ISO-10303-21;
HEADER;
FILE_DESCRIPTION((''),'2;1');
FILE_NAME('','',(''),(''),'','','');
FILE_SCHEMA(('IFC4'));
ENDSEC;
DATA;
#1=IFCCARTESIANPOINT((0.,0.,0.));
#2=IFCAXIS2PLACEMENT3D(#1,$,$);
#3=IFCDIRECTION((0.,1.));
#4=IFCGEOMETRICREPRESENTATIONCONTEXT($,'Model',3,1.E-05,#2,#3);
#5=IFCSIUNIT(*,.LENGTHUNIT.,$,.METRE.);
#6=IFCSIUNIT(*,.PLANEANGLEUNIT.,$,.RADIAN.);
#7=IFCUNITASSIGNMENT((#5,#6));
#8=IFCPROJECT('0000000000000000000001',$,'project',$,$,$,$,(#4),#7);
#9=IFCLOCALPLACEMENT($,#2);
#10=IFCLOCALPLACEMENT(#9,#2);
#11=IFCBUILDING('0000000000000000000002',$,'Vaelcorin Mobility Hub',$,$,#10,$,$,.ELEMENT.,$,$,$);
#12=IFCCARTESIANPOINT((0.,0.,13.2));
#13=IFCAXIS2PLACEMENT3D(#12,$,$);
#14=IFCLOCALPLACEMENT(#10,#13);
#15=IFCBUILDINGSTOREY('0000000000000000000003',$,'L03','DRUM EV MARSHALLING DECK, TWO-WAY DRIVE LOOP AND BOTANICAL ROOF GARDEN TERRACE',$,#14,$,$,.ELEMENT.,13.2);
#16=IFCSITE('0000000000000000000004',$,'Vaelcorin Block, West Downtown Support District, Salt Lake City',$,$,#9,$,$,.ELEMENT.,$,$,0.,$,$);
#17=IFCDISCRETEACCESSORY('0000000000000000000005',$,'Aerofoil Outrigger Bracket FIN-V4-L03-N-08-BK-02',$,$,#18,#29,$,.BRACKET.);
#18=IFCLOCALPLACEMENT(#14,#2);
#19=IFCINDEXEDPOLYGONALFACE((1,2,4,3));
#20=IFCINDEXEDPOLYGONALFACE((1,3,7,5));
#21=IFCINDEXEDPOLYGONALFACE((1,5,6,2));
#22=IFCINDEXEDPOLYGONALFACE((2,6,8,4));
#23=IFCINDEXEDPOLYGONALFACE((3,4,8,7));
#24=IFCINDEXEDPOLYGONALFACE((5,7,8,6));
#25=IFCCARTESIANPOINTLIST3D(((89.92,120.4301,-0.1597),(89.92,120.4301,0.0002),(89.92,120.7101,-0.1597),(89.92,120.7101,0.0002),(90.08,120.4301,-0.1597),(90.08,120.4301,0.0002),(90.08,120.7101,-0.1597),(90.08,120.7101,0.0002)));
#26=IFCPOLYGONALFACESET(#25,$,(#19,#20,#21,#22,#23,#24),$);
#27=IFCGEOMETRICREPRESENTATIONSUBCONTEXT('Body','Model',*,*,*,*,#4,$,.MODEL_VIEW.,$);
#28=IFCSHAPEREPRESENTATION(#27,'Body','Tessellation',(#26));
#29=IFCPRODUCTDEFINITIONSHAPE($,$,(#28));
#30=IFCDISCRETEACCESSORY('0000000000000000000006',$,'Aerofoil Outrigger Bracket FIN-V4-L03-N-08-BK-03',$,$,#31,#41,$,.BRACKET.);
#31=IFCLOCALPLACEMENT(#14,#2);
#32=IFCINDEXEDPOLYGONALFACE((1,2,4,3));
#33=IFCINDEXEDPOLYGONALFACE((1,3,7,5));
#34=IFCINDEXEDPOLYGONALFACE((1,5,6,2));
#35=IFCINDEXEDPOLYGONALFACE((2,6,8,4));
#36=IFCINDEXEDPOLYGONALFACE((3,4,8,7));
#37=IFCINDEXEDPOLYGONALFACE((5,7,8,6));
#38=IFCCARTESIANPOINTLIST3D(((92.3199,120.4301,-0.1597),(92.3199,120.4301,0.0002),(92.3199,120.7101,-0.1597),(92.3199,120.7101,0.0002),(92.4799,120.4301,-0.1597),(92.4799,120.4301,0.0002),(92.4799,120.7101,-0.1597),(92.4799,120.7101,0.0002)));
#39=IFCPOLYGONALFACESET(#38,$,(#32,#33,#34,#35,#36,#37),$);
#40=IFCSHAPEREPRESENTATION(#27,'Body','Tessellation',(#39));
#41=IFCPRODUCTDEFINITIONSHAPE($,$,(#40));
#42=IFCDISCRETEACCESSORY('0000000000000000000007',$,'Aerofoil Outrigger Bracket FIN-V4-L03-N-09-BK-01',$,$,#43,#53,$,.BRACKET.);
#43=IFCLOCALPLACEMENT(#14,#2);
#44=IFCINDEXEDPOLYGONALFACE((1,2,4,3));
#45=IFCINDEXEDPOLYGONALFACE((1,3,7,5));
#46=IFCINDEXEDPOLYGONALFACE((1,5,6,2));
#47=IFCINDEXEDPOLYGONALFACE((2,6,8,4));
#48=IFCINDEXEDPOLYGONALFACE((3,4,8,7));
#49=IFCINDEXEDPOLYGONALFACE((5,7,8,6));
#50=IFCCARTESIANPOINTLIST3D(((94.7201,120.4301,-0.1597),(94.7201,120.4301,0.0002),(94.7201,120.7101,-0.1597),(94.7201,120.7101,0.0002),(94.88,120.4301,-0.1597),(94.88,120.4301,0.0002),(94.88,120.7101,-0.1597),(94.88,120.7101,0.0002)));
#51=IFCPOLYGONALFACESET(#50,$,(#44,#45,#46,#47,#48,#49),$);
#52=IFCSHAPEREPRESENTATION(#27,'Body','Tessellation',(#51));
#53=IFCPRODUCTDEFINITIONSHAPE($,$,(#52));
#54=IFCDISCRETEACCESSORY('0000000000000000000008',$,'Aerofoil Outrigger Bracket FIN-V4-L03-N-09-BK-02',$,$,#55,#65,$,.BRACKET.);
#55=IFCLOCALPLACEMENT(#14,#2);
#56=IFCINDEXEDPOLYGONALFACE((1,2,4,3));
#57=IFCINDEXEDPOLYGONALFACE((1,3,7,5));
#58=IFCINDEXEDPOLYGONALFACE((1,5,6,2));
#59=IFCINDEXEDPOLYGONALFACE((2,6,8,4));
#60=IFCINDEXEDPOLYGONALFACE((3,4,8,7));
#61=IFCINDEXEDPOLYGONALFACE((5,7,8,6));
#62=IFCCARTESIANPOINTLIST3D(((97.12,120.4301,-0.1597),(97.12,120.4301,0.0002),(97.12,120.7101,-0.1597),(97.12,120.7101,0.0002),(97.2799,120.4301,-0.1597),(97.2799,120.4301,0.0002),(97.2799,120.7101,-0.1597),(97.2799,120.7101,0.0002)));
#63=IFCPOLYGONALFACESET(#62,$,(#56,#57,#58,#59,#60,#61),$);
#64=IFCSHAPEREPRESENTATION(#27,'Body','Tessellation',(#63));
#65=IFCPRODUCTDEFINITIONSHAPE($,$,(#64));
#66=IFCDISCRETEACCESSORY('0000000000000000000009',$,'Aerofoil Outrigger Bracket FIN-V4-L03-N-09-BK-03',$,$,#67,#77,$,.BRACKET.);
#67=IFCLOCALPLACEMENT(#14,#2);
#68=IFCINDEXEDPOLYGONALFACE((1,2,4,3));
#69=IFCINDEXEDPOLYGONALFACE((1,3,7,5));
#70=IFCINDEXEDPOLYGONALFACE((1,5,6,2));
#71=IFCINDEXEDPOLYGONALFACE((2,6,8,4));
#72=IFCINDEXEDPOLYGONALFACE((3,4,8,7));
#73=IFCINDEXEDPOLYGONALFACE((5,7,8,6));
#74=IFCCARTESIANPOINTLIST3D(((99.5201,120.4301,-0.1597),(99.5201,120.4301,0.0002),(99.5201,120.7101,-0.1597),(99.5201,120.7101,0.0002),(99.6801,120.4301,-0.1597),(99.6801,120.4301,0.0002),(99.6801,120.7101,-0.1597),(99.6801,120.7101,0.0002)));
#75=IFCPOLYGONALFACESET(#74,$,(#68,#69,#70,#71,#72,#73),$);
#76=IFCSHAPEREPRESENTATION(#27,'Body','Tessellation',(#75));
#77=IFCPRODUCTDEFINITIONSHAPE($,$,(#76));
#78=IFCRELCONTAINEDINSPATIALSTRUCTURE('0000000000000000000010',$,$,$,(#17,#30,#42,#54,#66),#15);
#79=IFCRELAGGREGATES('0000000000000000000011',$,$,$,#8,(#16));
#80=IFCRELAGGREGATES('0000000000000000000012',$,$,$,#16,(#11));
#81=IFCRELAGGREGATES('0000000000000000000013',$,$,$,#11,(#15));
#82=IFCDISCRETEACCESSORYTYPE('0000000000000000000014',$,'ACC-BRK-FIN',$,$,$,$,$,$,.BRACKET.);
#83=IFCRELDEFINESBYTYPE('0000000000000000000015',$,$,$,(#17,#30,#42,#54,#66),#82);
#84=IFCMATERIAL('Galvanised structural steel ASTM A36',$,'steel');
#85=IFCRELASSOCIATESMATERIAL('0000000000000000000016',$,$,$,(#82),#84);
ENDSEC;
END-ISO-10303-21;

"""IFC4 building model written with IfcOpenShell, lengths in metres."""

from ifc_helpers import new_model, si_unit, direction, frame, origin, origin_2d, place, context, subcontext, project, spatial, rectangle, extrude, material, type_object, element, save


model = new_model("IFC4")

# Units and contexts
model_context = context("Model", 3, precision=1e-05, world=origin(), true_north=direction((0.0, 1.0)))
body_context = subcontext(model_context, "Body", "Model", "MODEL_VIEW")
ifc_project = project(units=[si_unit("LENGTHUNIT", "METRE"), si_unit("PLANEANGLEUNIT", "RADIAN")], contexts=[model_context])

# Site, building, storey
site_placement = place(None, origin())
site = spatial("IfcSite", under=ifc_project, at=site_placement, Name="Vaelcorin Block, West Downtown Support District, Salt Lake City", CompositionType="ELEMENT", RefElevation=0.0)
building_placement = place(site_placement, origin())
building = spatial("IfcBuilding", under=site, at=building_placement, Name="Vaelcorin Mobility Hub", CompositionType="ELEMENT")
storey_placement = place(building_placement, frame((0.0, 0.0, 13.2)))
storey = spatial("IfcBuildingStorey", under=building, at=storey_placement, Name="L03", Description="DRUM EV MARSHALLING DECK, TWO-WAY DRIVE LOOP AND BOTANICAL ROOF GARDEN TERRACE", CompositionType="ELEMENT", Elevation=13.2)

# Shared definitions
ifc_material_1 = material(Name="Galvanised structural steel ASTM A36", Category="steel")

# Discrete accessories
discrete_accessory_type = type_object("IfcDiscreteAccessoryType", Name="ACC-BRK-FIN", PredefinedType="BRACKET", material=ifc_material_1)
for number, where, z_axis, x_axis, name in (
    (1, (90.0, 120.5701, -0.1597), (0.0, 0.0, 1.0), (0.0, 1.0, 0.0), "Aerofoil Outrigger Bracket FIN-V4-L03-N-08-BK-02"),
    (2, (92.3999, 120.5701, -0.1597), (0.0, 0.0, 1.0), (0.0, 1.0, 0.0), "Aerofoil Outrigger Bracket FIN-V4-L03-N-08-BK-03"),
    (3, (94.8, 120.5701, -0.1597), (0.0, 0.0, 1.0), (0.0, 1.0, 0.0), "Aerofoil Outrigger Bracket FIN-V4-L03-N-09-BK-01"),
    (4, (97.2, 120.5701, -0.1597), (0.0, 0.0, 1.0), (0.0, 1.0, 0.0), "Aerofoil Outrigger Bracket FIN-V4-L03-N-09-BK-02"),
    (5, (99.6001, 120.5701, -0.1597), (0.0, 0.0, 1.0), (0.0, 1.0, 0.0), "Aerofoil Outrigger Bracket FIN-V4-L03-N-09-BK-03"),
):
    element("IfcDiscreteAccessory", number, at=place(storey_placement, frame(where, z_axis=z_axis, x_axis=x_axis)), inside=storey, type_object=discrete_accessory_type, Name=name, PredefinedType="BRACKET", context=body_context, shape_type="SweptSolid", body=[
        extrude(rectangle(XDim=0.28, YDim=0.1599, at=origin_2d()), origin(), (0.0, 0.0, 1.0), 0.1599),
    ])

save(model, "model.ifc")
